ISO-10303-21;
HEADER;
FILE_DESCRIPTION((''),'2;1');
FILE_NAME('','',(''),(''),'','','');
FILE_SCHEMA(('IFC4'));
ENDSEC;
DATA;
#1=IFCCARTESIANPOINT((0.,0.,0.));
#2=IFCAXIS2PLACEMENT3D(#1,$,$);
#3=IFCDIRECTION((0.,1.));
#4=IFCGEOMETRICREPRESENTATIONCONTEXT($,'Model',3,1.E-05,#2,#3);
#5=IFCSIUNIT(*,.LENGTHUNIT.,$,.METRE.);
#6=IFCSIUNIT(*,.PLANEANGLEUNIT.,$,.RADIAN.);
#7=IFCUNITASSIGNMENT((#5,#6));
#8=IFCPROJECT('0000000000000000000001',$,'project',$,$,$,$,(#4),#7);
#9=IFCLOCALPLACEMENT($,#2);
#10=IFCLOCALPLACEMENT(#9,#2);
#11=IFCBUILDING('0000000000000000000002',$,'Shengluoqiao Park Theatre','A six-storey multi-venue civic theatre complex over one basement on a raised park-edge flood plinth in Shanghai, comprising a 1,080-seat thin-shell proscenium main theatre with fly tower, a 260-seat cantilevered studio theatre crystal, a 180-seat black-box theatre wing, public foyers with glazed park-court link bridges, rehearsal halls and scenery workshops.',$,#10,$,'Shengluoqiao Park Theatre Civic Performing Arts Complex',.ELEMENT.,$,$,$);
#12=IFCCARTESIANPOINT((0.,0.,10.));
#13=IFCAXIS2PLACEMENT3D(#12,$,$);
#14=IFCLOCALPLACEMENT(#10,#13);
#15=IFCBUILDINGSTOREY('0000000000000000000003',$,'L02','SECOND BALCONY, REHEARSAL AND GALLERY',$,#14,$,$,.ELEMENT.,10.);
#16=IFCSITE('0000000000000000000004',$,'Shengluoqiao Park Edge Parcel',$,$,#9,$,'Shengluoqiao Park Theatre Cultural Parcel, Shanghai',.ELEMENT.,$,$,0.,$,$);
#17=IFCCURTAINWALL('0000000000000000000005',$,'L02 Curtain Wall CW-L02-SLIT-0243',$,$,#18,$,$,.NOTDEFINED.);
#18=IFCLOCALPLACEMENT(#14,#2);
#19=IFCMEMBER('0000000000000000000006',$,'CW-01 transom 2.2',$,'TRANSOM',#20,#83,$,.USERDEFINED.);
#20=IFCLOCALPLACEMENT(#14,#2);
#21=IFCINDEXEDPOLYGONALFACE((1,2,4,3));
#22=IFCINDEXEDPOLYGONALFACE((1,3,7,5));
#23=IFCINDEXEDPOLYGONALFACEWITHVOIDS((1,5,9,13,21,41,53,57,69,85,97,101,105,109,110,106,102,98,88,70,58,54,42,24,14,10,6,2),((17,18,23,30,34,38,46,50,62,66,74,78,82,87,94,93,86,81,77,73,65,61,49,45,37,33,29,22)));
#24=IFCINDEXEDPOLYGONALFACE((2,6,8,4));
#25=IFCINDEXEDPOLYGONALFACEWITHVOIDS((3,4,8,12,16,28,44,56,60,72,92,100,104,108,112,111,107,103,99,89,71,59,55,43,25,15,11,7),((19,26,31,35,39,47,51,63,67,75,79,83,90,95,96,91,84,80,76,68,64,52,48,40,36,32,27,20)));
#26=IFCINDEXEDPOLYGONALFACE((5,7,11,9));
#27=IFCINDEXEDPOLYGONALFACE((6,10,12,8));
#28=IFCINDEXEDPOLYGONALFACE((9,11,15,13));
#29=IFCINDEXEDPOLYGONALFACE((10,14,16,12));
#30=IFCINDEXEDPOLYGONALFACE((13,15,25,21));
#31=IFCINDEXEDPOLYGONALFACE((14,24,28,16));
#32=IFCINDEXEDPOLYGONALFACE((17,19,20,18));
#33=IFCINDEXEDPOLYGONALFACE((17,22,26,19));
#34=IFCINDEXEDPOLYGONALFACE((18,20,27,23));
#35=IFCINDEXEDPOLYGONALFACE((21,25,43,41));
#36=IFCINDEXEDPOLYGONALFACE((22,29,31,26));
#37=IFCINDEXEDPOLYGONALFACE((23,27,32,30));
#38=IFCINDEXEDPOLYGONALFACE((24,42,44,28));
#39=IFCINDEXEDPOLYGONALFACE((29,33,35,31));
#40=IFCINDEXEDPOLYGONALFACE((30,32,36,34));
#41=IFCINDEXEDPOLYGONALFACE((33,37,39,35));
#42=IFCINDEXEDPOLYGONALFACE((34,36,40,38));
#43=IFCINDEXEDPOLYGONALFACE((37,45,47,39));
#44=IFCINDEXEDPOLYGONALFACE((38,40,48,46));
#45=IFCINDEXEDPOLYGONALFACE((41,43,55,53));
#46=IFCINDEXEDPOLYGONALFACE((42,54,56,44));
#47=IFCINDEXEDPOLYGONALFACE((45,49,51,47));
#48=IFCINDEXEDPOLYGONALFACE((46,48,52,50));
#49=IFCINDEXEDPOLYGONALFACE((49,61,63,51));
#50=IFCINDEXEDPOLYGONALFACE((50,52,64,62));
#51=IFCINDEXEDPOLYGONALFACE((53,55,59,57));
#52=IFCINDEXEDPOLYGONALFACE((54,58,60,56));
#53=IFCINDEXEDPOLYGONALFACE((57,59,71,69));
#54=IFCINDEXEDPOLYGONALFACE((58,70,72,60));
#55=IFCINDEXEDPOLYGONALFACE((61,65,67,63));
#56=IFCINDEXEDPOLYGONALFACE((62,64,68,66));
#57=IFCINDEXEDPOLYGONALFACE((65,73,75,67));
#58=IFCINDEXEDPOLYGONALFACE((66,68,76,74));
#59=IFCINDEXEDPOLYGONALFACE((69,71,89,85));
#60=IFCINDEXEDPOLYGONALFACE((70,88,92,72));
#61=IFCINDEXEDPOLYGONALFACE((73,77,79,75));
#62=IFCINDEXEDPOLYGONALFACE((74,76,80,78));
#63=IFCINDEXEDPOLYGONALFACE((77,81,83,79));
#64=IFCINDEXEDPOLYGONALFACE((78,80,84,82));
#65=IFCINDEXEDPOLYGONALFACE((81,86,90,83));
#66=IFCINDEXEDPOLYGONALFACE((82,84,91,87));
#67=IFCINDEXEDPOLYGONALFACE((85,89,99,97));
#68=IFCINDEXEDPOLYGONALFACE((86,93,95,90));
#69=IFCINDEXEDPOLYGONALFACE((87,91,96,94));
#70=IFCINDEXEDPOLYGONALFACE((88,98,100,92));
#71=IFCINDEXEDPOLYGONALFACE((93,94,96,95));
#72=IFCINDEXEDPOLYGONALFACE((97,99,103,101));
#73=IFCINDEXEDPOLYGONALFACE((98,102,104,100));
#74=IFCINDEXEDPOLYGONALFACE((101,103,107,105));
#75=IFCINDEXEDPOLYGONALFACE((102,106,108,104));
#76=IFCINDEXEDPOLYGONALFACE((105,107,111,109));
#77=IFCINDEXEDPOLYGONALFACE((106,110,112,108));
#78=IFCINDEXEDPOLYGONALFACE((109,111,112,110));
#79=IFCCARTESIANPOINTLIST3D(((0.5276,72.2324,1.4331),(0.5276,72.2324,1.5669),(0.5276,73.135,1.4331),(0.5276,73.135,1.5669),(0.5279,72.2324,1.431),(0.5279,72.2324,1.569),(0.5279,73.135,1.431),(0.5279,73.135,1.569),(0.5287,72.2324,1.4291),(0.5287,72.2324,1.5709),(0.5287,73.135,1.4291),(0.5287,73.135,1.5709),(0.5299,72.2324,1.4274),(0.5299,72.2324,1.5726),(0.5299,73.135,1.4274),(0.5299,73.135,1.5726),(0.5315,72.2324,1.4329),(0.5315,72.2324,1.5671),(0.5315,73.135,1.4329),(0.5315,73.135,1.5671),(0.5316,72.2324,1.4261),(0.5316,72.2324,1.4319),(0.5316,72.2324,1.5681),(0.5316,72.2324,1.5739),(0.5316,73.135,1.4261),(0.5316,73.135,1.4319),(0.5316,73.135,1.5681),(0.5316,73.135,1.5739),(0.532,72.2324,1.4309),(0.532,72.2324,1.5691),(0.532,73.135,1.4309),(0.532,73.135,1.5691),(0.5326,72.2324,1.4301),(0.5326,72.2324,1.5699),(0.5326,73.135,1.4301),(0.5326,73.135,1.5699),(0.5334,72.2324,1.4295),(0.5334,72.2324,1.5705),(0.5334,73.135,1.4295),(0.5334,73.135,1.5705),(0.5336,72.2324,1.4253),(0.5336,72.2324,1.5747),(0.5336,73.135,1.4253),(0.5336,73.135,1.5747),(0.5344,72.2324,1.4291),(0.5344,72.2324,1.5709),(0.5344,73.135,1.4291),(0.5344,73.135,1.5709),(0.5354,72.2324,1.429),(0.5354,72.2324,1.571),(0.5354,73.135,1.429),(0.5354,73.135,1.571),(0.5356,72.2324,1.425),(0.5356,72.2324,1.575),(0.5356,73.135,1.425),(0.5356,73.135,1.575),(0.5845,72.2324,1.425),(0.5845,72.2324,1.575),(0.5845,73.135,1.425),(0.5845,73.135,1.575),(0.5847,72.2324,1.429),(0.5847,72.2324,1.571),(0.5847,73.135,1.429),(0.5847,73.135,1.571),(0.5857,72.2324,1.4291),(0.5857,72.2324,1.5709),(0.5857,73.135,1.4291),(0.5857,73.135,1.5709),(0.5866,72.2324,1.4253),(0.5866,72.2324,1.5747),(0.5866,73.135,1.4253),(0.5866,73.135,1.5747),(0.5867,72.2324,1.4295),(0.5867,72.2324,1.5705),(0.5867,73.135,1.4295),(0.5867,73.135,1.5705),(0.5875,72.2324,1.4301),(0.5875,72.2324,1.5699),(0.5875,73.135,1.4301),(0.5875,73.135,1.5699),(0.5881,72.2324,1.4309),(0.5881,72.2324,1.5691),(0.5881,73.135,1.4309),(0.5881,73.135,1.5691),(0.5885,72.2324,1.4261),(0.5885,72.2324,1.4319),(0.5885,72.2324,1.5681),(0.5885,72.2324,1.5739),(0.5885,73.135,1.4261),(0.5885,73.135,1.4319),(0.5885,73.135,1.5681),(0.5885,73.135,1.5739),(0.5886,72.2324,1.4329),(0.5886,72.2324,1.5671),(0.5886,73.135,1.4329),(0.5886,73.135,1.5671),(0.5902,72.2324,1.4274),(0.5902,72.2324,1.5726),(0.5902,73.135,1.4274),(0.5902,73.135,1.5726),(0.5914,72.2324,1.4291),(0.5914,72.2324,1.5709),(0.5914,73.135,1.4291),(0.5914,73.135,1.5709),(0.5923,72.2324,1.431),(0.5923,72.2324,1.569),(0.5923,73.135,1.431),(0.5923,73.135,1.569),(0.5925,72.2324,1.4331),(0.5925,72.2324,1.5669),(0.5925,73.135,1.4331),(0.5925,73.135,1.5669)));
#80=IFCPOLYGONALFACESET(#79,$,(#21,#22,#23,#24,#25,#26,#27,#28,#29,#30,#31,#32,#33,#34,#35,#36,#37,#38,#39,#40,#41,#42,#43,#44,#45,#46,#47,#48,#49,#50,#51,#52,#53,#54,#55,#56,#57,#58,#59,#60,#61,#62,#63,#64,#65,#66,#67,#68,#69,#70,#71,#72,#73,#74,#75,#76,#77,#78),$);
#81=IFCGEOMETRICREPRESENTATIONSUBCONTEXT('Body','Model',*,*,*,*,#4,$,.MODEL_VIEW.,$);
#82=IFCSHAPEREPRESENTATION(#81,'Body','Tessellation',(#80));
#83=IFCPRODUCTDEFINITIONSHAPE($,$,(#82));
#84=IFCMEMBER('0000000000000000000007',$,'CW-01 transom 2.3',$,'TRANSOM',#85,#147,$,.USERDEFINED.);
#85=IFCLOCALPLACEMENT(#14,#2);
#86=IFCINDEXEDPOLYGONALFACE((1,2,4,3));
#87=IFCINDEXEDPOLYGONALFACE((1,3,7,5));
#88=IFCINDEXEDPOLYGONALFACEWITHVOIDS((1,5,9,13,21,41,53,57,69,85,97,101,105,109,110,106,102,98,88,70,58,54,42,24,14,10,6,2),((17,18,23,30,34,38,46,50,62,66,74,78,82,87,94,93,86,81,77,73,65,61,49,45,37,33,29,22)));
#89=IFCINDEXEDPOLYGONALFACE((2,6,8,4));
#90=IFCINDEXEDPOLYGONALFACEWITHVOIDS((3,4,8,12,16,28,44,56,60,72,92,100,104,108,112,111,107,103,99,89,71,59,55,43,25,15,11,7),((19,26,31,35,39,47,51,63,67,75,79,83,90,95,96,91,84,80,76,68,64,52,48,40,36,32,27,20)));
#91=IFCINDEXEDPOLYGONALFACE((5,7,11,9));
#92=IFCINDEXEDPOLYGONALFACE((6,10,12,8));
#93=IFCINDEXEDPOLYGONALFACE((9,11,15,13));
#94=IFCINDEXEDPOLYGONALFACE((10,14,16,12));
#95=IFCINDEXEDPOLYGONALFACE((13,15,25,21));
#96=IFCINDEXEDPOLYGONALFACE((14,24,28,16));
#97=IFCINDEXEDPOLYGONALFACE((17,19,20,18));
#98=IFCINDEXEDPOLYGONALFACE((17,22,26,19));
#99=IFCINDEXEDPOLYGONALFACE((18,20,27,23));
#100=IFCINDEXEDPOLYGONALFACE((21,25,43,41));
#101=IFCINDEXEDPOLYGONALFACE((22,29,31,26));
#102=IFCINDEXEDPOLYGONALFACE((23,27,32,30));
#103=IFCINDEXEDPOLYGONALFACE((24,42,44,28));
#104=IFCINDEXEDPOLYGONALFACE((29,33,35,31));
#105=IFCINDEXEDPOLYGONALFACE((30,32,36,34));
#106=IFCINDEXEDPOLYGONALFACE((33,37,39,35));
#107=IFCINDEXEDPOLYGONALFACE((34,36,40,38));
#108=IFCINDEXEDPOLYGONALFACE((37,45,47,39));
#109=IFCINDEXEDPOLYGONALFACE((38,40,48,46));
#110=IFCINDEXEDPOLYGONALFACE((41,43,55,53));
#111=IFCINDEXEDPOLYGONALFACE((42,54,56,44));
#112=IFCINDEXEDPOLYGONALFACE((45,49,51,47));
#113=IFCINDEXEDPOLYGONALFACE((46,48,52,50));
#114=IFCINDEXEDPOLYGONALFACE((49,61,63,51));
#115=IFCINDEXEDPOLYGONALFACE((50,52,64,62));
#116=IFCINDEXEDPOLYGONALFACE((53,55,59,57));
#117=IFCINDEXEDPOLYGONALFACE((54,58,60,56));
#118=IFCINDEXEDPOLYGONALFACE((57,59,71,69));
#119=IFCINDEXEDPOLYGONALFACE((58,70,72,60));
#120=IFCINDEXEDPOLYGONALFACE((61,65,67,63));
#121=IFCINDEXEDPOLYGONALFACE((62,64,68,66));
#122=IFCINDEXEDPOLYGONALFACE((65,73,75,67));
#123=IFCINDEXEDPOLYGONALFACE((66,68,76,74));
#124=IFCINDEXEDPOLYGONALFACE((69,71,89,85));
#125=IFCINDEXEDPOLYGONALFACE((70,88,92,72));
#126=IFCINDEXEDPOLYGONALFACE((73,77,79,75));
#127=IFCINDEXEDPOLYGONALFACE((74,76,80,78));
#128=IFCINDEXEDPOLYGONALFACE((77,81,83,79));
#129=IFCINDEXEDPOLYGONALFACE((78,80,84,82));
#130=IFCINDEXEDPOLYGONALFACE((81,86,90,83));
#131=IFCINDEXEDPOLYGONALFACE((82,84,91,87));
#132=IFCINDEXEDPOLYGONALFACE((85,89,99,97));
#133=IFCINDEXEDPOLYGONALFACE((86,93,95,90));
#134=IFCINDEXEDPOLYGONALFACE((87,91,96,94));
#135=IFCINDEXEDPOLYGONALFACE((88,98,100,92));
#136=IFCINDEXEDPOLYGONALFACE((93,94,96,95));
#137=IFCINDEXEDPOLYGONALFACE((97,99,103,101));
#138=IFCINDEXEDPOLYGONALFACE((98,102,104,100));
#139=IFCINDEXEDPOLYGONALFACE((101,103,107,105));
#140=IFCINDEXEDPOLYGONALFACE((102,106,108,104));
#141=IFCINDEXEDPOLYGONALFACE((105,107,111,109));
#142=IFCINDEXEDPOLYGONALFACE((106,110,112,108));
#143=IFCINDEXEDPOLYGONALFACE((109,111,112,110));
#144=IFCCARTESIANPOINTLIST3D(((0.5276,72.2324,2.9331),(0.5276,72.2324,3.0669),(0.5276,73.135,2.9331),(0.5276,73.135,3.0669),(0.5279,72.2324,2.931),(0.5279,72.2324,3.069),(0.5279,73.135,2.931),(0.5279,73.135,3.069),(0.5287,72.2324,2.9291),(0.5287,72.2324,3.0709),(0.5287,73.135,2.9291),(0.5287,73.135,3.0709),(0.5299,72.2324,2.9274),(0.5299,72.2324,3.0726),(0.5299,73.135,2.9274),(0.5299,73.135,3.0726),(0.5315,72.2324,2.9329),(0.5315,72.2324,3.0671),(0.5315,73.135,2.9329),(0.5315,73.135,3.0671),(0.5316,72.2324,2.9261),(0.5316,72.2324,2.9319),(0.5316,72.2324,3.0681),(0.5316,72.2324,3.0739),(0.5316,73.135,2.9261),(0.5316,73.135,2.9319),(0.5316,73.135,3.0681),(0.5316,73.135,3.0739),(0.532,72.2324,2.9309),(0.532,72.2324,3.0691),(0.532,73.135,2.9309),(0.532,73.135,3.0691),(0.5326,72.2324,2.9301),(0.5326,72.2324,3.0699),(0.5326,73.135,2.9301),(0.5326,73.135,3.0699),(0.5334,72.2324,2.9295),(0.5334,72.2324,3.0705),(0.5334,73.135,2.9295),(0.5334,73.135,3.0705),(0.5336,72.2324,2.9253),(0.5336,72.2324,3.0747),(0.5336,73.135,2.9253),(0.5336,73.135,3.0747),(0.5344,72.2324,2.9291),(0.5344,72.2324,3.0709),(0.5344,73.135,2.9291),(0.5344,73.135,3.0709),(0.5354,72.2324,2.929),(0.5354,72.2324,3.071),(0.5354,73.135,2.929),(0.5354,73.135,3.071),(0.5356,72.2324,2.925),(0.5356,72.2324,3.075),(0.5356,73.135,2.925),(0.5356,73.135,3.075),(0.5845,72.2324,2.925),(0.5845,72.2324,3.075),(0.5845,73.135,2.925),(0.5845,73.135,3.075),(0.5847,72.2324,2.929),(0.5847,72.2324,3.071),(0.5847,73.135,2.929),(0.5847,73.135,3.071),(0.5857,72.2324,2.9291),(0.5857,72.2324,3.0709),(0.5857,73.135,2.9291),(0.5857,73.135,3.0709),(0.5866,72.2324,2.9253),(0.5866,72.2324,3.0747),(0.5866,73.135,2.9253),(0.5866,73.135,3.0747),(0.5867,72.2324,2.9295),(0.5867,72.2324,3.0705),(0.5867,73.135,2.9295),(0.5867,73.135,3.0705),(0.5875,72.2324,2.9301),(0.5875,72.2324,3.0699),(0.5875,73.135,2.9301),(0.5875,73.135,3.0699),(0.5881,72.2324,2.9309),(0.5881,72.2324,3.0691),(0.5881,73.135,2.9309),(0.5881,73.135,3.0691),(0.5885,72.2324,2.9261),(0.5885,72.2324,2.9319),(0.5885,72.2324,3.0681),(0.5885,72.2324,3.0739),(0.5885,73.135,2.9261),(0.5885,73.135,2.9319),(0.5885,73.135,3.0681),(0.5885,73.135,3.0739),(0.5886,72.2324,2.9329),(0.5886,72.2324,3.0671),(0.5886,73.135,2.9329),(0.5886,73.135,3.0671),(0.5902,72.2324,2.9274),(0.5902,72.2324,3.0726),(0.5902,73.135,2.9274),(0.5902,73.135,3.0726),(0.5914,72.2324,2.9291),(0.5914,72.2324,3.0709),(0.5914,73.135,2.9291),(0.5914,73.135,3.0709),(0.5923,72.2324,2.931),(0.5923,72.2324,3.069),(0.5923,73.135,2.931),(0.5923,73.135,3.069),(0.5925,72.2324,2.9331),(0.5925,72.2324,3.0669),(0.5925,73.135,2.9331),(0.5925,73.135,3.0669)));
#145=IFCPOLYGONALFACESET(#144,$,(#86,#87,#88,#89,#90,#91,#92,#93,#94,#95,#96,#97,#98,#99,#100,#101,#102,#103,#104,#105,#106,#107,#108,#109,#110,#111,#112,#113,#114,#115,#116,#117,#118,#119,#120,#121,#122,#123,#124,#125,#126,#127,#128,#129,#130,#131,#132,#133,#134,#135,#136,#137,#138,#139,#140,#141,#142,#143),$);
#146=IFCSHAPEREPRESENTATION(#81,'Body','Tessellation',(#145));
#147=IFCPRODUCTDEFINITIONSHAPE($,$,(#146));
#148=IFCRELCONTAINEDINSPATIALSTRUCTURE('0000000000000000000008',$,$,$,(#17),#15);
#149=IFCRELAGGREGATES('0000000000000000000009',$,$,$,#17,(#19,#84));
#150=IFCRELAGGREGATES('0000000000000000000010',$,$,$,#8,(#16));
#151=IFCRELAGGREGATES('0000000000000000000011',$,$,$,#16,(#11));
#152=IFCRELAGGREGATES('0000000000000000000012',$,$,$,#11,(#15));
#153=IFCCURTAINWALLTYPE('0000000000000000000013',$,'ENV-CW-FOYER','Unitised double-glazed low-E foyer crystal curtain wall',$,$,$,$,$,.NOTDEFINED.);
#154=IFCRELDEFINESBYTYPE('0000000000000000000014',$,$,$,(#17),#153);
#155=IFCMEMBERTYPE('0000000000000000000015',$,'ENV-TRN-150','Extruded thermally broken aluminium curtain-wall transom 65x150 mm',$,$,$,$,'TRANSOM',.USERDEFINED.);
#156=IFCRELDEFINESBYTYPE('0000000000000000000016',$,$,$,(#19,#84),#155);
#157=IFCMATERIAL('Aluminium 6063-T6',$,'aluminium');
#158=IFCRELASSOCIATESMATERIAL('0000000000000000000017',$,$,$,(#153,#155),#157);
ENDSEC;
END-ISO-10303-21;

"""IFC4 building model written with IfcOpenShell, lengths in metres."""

from ifc_helpers import new_model, si_unit, direction, frame, origin, origin_2d, place, context, subcontext, project, spatial, hollow_rectangle, extrude, material, material_profile, profile_set, type_object, element, aggregate, save


model = new_model("IFC4")

# Units and contexts
model_context = context("Model", 3, precision=1e-05, world=origin(), true_north=direction((0.0, 1.0)))
body_context = subcontext(model_context, "Body", "Model", "MODEL_VIEW")
ifc_project = project(units=[si_unit("LENGTHUNIT", "METRE"), si_unit("PLANEANGLEUNIT", "RADIAN")], contexts=[model_context])

# Site, building, storey
site_placement = place(None, origin())
site = spatial("IfcSite", under=ifc_project, at=site_placement, Name="Shengluoqiao Park Edge Parcel", LongName="Shengluoqiao Park Theatre Cultural Parcel, Shanghai", CompositionType="ELEMENT", RefElevation=0.0)
building_placement = place(site_placement, origin())
building = spatial("IfcBuilding", under=site, at=building_placement, Name="Shengluoqiao Park Theatre", Description="A six-storey multi-venue civic theatre complex over one basement on a raised park-edge flood plinth in Shanghai, comprising a 1,080-seat thin-shell proscenium main theatre with fly tower, a 260-seat cantilevered studio theatre crystal, a 180-seat black-box theatre wing, public foyers with glazed park-court link bridges, rehearsal halls and scenery workshops.", LongName="Shengluoqiao Park Theatre Civic Performing Arts Complex", CompositionType="ELEMENT")
storey_placement = place(building_placement, frame((0.0, 0.0, 10.0)))
storey = spatial("IfcBuildingStorey", under=building, at=storey_placement, Name="L02", Description="SECOND BALCONY, REHEARSAL AND GALLERY", CompositionType="ELEMENT", Elevation=10.0)

# Shared definitions
ifc_material_1 = material(Name="Aluminium 6063-T6", Category="aluminium")
curtain_wall_type = type_object("IfcCurtainWallType", Name="ENV-CW-FOYER", Description="Unitised double-glazed low-E foyer crystal curtain wall", PredefinedType="NOTDEFINED", material=ifc_material_1)

# Curtain wall, members
curtain_wall_1_placement = place(storey_placement, origin())
curtain_wall_1 = element("IfcCurtainWall", 1, at=curtain_wall_1_placement, inside=storey, type_object=curtain_wall_type, Name="L02 Curtain Wall CW-L02-SLIT-0243", PredefinedType="NOTDEFINED")
ifc_material_profile_1 = material_profile(ifc_material_1, hollow_rectangle(XDim=0.0649, YDim=0.1499, WallThickness=0.0039, InnerFilletRadius=0.0039, OuterFilletRadius=0.0081, at=origin_2d()), Name="ALU TRANSOM 150x65x4")
ifc_profile_set_1 = profile_set([ifc_material_profile_1], Name="Aluminium 6063-T6")
member_type_1 = type_object("IfcMemberType", Name="ENV-TRN-150", Description="Extruded thermally broken aluminium curtain-wall transom 65x150 mm", ElementType="TRANSOM", PredefinedType="USERDEFINED", material=ifc_profile_set_1)
member_1_placement = place(storey_placement, frame((0.5601, 72.2324, 1.5), z_axis=(0.0, 1.0, 0.0), x_axis=(-1.0, 0.0, 0.0)))
member_1 = element("IfcMember", 2, at=member_1_placement, type_object=member_type_1, Name="CW-01 transom 2.2", ObjectType="TRANSOM", PredefinedType="USERDEFINED", context=body_context, shape_type="SweptSolid", body=[
    extrude(hollow_rectangle(XDim=0.0649, YDim=0.1499, WallThickness=0.0039, InnerFilletRadius=0.0039, OuterFilletRadius=0.0081, at=origin_2d()), origin(), (0.0, 0.0, 1.0), 0.9026),
])
member_2_placement = place(storey_placement, frame((0.5601, 72.2324, 3.0), z_axis=(0.0, 1.0, 0.0), x_axis=(-1.0, 0.0, 0.0)))
member_2 = element("IfcMember", 3, at=member_2_placement, type_object=member_type_1, Name="CW-01 transom 2.3", ObjectType="TRANSOM", PredefinedType="USERDEFINED", context=body_context, shape_type="SweptSolid", body=[
    extrude(hollow_rectangle(XDim=0.0649, YDim=0.1499, WallThickness=0.0039, InnerFilletRadius=0.0039, OuterFilletRadius=0.0081, at=origin_2d()), origin(), (0.0, 0.0, 1.0), 0.9026),
])

aggregate(curtain_wall_1, [member_1, member_2])

save(model, "model.ifc")
